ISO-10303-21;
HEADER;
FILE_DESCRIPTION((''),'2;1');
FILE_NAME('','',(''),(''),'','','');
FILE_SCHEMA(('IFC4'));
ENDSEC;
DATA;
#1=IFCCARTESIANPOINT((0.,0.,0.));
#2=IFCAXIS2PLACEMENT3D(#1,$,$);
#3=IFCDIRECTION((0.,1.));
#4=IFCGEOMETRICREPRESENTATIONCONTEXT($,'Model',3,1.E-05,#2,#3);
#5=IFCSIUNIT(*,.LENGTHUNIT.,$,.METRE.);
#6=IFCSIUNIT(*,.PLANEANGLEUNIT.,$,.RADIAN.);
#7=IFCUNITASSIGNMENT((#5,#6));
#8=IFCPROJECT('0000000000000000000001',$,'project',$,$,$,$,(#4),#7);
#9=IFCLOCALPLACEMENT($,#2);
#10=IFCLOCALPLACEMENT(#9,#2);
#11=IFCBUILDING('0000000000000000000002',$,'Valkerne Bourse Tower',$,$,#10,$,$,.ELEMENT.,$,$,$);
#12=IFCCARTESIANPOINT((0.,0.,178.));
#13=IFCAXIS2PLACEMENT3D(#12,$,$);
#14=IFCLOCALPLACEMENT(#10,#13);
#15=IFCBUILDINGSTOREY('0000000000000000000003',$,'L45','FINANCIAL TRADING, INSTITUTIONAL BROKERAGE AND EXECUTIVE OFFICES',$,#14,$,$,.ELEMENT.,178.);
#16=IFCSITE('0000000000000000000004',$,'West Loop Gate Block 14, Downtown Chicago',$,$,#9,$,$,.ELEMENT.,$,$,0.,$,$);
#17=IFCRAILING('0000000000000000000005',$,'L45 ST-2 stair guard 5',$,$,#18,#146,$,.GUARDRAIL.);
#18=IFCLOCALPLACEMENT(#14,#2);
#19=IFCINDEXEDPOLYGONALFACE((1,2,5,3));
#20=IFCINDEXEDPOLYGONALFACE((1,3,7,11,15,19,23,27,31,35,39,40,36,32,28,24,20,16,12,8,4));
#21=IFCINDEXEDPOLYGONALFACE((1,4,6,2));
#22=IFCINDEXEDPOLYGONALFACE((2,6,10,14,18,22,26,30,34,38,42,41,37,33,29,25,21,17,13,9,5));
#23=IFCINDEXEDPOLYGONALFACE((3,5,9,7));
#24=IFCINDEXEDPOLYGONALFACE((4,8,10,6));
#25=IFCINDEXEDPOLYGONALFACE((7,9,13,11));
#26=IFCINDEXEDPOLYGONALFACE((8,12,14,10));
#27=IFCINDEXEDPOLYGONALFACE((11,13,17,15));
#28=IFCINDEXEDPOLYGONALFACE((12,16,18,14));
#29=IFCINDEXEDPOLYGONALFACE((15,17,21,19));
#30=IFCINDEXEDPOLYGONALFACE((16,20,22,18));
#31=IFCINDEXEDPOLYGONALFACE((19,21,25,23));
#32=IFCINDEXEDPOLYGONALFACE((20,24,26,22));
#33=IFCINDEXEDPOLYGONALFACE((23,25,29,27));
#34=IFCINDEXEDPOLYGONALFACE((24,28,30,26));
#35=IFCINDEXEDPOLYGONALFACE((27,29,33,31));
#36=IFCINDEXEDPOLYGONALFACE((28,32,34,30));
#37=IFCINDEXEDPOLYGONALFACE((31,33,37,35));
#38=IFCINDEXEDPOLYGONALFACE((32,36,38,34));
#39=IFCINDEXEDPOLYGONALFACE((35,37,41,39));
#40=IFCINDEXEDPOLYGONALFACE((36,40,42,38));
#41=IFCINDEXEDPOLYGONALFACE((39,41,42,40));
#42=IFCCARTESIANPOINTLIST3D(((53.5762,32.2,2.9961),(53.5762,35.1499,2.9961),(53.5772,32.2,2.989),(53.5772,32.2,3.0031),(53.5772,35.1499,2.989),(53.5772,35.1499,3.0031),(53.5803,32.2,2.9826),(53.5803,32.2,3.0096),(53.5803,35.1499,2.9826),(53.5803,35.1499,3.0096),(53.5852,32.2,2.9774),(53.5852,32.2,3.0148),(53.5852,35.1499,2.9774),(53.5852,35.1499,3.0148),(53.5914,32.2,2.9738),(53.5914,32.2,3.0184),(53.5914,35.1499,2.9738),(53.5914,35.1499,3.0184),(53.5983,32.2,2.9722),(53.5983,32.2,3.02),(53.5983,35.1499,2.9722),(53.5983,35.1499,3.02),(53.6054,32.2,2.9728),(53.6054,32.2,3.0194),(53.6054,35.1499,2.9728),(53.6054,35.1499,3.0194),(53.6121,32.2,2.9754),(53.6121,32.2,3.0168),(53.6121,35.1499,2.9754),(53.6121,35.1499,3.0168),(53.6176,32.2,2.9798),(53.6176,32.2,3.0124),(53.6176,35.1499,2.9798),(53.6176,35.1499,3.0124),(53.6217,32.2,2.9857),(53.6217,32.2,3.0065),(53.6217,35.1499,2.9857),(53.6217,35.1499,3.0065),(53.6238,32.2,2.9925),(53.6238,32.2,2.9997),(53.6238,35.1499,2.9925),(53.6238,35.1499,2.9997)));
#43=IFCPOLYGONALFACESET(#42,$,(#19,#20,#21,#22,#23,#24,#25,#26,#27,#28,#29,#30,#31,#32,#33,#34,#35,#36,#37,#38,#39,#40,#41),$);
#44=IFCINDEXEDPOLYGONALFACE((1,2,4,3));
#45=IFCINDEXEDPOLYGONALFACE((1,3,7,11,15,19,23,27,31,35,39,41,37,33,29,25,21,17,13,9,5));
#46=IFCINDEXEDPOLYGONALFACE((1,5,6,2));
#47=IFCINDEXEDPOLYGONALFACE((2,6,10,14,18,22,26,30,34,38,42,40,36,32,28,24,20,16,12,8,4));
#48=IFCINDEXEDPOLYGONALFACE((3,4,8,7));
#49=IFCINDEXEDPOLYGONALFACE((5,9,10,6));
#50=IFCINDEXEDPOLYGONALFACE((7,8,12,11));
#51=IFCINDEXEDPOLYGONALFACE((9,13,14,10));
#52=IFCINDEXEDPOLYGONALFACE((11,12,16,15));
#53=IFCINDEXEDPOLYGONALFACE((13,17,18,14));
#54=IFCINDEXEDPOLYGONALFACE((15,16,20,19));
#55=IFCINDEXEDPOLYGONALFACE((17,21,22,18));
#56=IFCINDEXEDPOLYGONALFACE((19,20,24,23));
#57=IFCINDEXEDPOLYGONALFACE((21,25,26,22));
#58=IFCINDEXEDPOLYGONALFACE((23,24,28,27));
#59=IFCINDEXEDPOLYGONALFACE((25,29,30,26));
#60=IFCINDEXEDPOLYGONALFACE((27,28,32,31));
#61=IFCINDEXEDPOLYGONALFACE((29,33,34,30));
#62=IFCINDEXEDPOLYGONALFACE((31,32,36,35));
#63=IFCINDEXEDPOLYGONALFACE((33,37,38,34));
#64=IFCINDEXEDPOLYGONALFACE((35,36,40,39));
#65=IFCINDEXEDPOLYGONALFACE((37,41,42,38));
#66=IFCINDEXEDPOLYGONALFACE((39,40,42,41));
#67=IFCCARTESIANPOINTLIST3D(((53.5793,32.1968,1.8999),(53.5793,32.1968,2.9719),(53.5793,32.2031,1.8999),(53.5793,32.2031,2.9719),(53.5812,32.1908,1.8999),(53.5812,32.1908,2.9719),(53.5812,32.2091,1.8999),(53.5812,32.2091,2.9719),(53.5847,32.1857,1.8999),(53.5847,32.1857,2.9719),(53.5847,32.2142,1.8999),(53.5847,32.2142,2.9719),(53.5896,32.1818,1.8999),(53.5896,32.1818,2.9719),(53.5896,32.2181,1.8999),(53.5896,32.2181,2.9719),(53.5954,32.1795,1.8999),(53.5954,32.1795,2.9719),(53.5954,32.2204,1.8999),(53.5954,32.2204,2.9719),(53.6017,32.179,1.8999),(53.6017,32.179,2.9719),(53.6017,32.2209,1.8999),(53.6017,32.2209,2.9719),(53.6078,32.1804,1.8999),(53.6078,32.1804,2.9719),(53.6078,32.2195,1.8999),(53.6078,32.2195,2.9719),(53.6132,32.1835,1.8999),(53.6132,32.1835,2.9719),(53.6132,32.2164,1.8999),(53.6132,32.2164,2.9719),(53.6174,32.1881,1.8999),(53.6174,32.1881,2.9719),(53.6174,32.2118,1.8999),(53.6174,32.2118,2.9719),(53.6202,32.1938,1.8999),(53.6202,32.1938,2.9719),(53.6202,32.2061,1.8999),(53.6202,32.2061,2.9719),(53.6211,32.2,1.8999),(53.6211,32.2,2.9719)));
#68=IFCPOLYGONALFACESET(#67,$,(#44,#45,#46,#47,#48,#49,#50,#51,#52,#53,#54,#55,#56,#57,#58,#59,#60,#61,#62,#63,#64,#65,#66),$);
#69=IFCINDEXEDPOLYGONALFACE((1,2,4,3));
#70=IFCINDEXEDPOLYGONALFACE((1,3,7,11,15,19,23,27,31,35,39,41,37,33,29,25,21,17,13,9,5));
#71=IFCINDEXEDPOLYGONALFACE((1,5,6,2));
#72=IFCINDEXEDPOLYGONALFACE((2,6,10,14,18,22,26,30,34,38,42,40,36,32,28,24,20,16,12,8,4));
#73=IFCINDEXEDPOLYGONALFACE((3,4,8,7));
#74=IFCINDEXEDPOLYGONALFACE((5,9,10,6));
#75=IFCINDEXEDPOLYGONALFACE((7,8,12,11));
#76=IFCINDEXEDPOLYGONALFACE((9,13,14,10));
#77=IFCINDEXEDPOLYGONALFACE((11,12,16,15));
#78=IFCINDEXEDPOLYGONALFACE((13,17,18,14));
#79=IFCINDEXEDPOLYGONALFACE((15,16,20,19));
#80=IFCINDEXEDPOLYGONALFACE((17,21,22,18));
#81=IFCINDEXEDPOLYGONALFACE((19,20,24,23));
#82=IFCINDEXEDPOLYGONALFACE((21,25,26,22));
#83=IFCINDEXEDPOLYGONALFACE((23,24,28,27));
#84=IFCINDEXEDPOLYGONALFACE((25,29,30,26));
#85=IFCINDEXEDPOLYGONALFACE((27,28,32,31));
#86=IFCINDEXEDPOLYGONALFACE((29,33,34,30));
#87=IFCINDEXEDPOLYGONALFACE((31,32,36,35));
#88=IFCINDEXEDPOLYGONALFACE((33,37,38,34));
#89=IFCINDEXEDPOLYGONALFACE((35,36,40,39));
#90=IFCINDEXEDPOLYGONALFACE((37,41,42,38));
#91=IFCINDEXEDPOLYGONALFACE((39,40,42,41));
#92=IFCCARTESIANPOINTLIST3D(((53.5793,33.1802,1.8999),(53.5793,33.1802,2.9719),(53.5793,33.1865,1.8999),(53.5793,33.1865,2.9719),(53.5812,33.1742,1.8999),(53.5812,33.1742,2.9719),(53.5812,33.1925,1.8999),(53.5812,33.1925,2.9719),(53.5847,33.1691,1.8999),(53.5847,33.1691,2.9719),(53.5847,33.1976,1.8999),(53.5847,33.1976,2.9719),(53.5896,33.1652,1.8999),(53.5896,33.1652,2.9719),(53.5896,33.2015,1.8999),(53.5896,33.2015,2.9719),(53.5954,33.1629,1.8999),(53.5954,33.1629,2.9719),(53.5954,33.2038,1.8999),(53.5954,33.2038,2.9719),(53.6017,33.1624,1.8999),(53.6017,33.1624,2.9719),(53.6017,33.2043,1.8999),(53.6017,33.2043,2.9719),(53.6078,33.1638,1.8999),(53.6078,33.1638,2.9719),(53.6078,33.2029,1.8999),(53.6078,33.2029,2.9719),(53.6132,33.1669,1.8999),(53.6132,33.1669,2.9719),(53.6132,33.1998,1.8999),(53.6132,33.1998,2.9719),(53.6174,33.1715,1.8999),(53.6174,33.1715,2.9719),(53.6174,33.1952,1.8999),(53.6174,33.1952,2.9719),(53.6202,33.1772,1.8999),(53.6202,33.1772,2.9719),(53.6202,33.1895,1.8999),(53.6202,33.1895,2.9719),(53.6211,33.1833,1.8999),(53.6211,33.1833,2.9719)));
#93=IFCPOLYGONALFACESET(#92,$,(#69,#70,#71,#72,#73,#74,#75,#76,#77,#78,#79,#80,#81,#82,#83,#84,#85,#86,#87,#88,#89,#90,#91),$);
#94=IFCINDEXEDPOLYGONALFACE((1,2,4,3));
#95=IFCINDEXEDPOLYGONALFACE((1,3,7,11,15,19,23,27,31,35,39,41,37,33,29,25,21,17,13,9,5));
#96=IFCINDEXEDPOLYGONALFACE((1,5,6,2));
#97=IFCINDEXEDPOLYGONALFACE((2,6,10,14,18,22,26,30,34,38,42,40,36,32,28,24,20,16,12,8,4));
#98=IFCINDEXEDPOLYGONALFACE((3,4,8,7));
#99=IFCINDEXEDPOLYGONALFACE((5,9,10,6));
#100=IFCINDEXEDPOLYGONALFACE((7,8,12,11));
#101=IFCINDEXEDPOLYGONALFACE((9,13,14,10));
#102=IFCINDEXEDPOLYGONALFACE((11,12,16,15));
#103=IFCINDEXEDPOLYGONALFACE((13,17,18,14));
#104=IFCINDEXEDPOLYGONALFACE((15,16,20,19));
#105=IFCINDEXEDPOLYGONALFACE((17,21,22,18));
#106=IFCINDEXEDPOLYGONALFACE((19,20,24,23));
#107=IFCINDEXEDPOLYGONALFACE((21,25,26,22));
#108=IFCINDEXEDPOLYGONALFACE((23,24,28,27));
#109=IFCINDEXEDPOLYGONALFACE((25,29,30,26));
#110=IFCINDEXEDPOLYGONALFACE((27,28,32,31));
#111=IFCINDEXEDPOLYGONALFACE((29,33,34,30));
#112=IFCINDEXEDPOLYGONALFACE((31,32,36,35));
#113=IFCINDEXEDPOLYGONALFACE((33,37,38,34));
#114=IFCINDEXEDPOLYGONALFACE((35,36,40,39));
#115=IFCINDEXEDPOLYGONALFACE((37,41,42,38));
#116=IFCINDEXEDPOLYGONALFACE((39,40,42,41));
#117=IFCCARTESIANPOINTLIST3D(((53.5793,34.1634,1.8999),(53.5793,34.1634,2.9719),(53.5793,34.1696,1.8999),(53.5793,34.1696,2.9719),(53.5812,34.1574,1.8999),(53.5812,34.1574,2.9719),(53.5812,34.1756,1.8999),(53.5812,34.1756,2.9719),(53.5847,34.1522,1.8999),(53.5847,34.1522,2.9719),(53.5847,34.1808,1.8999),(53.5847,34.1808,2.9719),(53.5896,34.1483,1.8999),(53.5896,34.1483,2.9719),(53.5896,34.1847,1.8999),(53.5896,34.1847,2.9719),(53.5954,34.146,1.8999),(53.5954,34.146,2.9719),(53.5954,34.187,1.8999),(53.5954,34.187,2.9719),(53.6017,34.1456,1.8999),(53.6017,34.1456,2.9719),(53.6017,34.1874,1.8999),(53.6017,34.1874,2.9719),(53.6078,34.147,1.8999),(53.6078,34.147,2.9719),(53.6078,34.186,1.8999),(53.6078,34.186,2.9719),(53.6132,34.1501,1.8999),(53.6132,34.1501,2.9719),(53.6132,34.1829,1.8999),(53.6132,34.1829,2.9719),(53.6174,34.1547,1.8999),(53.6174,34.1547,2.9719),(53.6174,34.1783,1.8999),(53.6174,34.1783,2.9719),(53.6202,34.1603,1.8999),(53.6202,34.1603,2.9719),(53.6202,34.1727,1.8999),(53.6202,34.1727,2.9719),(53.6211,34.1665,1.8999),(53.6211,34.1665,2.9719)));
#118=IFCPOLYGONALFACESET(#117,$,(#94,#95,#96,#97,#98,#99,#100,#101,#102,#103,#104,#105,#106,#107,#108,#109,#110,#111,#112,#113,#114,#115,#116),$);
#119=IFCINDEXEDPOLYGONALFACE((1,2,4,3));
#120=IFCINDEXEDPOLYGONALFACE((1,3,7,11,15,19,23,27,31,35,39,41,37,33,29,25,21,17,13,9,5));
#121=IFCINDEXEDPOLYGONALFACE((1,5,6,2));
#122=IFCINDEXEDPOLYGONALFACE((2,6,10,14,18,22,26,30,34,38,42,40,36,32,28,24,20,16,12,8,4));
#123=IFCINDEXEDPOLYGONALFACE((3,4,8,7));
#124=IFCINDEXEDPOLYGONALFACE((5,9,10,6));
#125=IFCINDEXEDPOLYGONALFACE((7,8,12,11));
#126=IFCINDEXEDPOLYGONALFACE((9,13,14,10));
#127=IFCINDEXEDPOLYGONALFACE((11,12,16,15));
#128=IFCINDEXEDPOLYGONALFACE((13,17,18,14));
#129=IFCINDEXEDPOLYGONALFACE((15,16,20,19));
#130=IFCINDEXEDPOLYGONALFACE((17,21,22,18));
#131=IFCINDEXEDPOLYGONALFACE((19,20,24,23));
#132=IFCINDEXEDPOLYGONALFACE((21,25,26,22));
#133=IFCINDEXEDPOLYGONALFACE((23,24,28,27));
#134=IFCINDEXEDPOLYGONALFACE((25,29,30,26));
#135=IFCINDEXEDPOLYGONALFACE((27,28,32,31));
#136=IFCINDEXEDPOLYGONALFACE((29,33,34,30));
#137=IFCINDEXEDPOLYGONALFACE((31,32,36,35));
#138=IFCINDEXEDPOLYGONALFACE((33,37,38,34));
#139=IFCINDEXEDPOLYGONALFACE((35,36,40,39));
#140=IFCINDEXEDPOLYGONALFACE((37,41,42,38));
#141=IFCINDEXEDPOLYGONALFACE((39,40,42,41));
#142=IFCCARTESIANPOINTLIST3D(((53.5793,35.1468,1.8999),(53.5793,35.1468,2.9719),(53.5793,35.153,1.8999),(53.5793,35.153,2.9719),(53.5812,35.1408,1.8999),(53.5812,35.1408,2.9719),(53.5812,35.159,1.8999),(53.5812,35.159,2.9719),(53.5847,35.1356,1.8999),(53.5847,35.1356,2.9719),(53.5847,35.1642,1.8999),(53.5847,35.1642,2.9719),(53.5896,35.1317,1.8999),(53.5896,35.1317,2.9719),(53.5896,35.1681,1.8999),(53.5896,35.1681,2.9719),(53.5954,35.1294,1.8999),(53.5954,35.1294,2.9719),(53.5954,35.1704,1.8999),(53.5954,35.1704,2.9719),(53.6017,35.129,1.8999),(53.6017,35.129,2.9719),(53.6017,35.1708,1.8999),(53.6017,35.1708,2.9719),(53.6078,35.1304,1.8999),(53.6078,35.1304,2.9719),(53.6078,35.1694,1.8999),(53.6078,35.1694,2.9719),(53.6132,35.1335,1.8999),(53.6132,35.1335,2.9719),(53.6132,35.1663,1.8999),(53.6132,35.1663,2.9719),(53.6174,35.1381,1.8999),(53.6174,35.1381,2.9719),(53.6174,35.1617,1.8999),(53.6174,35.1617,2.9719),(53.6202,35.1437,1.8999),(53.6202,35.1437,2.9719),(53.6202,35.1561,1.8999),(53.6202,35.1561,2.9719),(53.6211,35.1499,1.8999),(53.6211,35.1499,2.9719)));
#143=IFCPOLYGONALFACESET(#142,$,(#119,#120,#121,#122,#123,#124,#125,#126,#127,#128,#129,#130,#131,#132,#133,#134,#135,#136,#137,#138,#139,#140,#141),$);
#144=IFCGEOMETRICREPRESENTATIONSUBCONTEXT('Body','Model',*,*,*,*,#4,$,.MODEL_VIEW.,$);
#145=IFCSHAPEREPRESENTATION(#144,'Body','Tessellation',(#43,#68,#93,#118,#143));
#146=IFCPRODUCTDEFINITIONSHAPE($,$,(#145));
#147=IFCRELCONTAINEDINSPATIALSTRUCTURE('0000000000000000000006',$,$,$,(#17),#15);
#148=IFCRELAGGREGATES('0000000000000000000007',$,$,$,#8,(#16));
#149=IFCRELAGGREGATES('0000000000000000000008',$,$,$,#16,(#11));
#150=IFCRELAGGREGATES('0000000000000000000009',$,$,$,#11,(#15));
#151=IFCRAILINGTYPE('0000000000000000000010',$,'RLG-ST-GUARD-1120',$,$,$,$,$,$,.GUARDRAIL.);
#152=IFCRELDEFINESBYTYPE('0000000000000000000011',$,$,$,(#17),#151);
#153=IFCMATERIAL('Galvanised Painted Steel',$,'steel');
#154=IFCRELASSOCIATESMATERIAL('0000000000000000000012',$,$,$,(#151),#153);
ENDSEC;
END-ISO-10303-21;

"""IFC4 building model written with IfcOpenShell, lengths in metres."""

from ifc_helpers import new_model, si_unit, direction, frame, origin, origin_2d, place, context, subcontext, project, spatial, circle, extrude, material, type_object, element, save


model = new_model("IFC4")

# Units and contexts
model_context = context("Model", 3, precision=1e-05, world=origin(), true_north=direction((0.0, 1.0)))
body_context = subcontext(model_context, "Body", "Model", "MODEL_VIEW")
ifc_project = project(units=[si_unit("LENGTHUNIT", "METRE"), si_unit("PLANEANGLEUNIT", "RADIAN")], contexts=[model_context])

# Site, building, storey
site_placement = place(None, origin())
site = spatial("IfcSite", under=ifc_project, at=site_placement, Name="West Loop Gate Block 14, Downtown Chicago", CompositionType="ELEMENT", RefElevation=0.0)
building_placement = place(site_placement, origin())
building = spatial("IfcBuilding", under=site, at=building_placement, Name="Valkerne Bourse Tower", CompositionType="ELEMENT")
storey_placement = place(building_placement, frame((0.0, 0.0, 178.0)))
storey = spatial("IfcBuildingStorey", under=building, at=storey_placement, Name="L45", Description="FINANCIAL TRADING, INSTITUTIONAL BROKERAGE AND EXECUTIVE OFFICES", CompositionType="ELEMENT", Elevation=178.0)

# Railing
ifc_material_1 = material(Name="Galvanised Painted Steel", Category="steel")
railing_type = type_object("IfcRailingType", Name="RLG-ST-GUARD-1120", PredefinedType="GUARDRAIL", material=ifc_material_1)
railing_1_placement = place(storey_placement, frame((53.6001, 32.2, 1.8999)))
element("IfcRailing", 1, at=railing_1_placement, inside=storey, type_object=railing_type, Name="L45 ST-2 stair guard 5", PredefinedType="GUARDRAIL", context=body_context, shape_type="SweptSolid", body=[
    extrude(circle(Radius=0.0239, at=origin_2d()), frame((0.0, 0.0, 1.0962), z_axis=(0.0, 1.0, 0.0), x_axis=(-1.0, 0.0, 0.0)), (0.0, 0.0, 1.0), 2.95),
    extrude(circle(Radius=0.021, at=origin_2d()), origin(), (0.0, 0.0, 1.0), 1.072),
    extrude(circle(Radius=0.021, at=origin_2d()), frame((0.0, 0.9834, 0.0)), (0.0, 0.0, 1.0), 1.072),
    extrude(circle(Radius=0.021, at=origin_2d()), frame((0.0, 1.9666, 0.0)), (0.0, 0.0, 1.0), 1.072),
    extrude(circle(Radius=0.021, at=origin_2d()), frame((0.0, 2.95, 0.0)), (0.0, 0.0, 1.0), 1.072),
])

save(model, "model.ifc")
